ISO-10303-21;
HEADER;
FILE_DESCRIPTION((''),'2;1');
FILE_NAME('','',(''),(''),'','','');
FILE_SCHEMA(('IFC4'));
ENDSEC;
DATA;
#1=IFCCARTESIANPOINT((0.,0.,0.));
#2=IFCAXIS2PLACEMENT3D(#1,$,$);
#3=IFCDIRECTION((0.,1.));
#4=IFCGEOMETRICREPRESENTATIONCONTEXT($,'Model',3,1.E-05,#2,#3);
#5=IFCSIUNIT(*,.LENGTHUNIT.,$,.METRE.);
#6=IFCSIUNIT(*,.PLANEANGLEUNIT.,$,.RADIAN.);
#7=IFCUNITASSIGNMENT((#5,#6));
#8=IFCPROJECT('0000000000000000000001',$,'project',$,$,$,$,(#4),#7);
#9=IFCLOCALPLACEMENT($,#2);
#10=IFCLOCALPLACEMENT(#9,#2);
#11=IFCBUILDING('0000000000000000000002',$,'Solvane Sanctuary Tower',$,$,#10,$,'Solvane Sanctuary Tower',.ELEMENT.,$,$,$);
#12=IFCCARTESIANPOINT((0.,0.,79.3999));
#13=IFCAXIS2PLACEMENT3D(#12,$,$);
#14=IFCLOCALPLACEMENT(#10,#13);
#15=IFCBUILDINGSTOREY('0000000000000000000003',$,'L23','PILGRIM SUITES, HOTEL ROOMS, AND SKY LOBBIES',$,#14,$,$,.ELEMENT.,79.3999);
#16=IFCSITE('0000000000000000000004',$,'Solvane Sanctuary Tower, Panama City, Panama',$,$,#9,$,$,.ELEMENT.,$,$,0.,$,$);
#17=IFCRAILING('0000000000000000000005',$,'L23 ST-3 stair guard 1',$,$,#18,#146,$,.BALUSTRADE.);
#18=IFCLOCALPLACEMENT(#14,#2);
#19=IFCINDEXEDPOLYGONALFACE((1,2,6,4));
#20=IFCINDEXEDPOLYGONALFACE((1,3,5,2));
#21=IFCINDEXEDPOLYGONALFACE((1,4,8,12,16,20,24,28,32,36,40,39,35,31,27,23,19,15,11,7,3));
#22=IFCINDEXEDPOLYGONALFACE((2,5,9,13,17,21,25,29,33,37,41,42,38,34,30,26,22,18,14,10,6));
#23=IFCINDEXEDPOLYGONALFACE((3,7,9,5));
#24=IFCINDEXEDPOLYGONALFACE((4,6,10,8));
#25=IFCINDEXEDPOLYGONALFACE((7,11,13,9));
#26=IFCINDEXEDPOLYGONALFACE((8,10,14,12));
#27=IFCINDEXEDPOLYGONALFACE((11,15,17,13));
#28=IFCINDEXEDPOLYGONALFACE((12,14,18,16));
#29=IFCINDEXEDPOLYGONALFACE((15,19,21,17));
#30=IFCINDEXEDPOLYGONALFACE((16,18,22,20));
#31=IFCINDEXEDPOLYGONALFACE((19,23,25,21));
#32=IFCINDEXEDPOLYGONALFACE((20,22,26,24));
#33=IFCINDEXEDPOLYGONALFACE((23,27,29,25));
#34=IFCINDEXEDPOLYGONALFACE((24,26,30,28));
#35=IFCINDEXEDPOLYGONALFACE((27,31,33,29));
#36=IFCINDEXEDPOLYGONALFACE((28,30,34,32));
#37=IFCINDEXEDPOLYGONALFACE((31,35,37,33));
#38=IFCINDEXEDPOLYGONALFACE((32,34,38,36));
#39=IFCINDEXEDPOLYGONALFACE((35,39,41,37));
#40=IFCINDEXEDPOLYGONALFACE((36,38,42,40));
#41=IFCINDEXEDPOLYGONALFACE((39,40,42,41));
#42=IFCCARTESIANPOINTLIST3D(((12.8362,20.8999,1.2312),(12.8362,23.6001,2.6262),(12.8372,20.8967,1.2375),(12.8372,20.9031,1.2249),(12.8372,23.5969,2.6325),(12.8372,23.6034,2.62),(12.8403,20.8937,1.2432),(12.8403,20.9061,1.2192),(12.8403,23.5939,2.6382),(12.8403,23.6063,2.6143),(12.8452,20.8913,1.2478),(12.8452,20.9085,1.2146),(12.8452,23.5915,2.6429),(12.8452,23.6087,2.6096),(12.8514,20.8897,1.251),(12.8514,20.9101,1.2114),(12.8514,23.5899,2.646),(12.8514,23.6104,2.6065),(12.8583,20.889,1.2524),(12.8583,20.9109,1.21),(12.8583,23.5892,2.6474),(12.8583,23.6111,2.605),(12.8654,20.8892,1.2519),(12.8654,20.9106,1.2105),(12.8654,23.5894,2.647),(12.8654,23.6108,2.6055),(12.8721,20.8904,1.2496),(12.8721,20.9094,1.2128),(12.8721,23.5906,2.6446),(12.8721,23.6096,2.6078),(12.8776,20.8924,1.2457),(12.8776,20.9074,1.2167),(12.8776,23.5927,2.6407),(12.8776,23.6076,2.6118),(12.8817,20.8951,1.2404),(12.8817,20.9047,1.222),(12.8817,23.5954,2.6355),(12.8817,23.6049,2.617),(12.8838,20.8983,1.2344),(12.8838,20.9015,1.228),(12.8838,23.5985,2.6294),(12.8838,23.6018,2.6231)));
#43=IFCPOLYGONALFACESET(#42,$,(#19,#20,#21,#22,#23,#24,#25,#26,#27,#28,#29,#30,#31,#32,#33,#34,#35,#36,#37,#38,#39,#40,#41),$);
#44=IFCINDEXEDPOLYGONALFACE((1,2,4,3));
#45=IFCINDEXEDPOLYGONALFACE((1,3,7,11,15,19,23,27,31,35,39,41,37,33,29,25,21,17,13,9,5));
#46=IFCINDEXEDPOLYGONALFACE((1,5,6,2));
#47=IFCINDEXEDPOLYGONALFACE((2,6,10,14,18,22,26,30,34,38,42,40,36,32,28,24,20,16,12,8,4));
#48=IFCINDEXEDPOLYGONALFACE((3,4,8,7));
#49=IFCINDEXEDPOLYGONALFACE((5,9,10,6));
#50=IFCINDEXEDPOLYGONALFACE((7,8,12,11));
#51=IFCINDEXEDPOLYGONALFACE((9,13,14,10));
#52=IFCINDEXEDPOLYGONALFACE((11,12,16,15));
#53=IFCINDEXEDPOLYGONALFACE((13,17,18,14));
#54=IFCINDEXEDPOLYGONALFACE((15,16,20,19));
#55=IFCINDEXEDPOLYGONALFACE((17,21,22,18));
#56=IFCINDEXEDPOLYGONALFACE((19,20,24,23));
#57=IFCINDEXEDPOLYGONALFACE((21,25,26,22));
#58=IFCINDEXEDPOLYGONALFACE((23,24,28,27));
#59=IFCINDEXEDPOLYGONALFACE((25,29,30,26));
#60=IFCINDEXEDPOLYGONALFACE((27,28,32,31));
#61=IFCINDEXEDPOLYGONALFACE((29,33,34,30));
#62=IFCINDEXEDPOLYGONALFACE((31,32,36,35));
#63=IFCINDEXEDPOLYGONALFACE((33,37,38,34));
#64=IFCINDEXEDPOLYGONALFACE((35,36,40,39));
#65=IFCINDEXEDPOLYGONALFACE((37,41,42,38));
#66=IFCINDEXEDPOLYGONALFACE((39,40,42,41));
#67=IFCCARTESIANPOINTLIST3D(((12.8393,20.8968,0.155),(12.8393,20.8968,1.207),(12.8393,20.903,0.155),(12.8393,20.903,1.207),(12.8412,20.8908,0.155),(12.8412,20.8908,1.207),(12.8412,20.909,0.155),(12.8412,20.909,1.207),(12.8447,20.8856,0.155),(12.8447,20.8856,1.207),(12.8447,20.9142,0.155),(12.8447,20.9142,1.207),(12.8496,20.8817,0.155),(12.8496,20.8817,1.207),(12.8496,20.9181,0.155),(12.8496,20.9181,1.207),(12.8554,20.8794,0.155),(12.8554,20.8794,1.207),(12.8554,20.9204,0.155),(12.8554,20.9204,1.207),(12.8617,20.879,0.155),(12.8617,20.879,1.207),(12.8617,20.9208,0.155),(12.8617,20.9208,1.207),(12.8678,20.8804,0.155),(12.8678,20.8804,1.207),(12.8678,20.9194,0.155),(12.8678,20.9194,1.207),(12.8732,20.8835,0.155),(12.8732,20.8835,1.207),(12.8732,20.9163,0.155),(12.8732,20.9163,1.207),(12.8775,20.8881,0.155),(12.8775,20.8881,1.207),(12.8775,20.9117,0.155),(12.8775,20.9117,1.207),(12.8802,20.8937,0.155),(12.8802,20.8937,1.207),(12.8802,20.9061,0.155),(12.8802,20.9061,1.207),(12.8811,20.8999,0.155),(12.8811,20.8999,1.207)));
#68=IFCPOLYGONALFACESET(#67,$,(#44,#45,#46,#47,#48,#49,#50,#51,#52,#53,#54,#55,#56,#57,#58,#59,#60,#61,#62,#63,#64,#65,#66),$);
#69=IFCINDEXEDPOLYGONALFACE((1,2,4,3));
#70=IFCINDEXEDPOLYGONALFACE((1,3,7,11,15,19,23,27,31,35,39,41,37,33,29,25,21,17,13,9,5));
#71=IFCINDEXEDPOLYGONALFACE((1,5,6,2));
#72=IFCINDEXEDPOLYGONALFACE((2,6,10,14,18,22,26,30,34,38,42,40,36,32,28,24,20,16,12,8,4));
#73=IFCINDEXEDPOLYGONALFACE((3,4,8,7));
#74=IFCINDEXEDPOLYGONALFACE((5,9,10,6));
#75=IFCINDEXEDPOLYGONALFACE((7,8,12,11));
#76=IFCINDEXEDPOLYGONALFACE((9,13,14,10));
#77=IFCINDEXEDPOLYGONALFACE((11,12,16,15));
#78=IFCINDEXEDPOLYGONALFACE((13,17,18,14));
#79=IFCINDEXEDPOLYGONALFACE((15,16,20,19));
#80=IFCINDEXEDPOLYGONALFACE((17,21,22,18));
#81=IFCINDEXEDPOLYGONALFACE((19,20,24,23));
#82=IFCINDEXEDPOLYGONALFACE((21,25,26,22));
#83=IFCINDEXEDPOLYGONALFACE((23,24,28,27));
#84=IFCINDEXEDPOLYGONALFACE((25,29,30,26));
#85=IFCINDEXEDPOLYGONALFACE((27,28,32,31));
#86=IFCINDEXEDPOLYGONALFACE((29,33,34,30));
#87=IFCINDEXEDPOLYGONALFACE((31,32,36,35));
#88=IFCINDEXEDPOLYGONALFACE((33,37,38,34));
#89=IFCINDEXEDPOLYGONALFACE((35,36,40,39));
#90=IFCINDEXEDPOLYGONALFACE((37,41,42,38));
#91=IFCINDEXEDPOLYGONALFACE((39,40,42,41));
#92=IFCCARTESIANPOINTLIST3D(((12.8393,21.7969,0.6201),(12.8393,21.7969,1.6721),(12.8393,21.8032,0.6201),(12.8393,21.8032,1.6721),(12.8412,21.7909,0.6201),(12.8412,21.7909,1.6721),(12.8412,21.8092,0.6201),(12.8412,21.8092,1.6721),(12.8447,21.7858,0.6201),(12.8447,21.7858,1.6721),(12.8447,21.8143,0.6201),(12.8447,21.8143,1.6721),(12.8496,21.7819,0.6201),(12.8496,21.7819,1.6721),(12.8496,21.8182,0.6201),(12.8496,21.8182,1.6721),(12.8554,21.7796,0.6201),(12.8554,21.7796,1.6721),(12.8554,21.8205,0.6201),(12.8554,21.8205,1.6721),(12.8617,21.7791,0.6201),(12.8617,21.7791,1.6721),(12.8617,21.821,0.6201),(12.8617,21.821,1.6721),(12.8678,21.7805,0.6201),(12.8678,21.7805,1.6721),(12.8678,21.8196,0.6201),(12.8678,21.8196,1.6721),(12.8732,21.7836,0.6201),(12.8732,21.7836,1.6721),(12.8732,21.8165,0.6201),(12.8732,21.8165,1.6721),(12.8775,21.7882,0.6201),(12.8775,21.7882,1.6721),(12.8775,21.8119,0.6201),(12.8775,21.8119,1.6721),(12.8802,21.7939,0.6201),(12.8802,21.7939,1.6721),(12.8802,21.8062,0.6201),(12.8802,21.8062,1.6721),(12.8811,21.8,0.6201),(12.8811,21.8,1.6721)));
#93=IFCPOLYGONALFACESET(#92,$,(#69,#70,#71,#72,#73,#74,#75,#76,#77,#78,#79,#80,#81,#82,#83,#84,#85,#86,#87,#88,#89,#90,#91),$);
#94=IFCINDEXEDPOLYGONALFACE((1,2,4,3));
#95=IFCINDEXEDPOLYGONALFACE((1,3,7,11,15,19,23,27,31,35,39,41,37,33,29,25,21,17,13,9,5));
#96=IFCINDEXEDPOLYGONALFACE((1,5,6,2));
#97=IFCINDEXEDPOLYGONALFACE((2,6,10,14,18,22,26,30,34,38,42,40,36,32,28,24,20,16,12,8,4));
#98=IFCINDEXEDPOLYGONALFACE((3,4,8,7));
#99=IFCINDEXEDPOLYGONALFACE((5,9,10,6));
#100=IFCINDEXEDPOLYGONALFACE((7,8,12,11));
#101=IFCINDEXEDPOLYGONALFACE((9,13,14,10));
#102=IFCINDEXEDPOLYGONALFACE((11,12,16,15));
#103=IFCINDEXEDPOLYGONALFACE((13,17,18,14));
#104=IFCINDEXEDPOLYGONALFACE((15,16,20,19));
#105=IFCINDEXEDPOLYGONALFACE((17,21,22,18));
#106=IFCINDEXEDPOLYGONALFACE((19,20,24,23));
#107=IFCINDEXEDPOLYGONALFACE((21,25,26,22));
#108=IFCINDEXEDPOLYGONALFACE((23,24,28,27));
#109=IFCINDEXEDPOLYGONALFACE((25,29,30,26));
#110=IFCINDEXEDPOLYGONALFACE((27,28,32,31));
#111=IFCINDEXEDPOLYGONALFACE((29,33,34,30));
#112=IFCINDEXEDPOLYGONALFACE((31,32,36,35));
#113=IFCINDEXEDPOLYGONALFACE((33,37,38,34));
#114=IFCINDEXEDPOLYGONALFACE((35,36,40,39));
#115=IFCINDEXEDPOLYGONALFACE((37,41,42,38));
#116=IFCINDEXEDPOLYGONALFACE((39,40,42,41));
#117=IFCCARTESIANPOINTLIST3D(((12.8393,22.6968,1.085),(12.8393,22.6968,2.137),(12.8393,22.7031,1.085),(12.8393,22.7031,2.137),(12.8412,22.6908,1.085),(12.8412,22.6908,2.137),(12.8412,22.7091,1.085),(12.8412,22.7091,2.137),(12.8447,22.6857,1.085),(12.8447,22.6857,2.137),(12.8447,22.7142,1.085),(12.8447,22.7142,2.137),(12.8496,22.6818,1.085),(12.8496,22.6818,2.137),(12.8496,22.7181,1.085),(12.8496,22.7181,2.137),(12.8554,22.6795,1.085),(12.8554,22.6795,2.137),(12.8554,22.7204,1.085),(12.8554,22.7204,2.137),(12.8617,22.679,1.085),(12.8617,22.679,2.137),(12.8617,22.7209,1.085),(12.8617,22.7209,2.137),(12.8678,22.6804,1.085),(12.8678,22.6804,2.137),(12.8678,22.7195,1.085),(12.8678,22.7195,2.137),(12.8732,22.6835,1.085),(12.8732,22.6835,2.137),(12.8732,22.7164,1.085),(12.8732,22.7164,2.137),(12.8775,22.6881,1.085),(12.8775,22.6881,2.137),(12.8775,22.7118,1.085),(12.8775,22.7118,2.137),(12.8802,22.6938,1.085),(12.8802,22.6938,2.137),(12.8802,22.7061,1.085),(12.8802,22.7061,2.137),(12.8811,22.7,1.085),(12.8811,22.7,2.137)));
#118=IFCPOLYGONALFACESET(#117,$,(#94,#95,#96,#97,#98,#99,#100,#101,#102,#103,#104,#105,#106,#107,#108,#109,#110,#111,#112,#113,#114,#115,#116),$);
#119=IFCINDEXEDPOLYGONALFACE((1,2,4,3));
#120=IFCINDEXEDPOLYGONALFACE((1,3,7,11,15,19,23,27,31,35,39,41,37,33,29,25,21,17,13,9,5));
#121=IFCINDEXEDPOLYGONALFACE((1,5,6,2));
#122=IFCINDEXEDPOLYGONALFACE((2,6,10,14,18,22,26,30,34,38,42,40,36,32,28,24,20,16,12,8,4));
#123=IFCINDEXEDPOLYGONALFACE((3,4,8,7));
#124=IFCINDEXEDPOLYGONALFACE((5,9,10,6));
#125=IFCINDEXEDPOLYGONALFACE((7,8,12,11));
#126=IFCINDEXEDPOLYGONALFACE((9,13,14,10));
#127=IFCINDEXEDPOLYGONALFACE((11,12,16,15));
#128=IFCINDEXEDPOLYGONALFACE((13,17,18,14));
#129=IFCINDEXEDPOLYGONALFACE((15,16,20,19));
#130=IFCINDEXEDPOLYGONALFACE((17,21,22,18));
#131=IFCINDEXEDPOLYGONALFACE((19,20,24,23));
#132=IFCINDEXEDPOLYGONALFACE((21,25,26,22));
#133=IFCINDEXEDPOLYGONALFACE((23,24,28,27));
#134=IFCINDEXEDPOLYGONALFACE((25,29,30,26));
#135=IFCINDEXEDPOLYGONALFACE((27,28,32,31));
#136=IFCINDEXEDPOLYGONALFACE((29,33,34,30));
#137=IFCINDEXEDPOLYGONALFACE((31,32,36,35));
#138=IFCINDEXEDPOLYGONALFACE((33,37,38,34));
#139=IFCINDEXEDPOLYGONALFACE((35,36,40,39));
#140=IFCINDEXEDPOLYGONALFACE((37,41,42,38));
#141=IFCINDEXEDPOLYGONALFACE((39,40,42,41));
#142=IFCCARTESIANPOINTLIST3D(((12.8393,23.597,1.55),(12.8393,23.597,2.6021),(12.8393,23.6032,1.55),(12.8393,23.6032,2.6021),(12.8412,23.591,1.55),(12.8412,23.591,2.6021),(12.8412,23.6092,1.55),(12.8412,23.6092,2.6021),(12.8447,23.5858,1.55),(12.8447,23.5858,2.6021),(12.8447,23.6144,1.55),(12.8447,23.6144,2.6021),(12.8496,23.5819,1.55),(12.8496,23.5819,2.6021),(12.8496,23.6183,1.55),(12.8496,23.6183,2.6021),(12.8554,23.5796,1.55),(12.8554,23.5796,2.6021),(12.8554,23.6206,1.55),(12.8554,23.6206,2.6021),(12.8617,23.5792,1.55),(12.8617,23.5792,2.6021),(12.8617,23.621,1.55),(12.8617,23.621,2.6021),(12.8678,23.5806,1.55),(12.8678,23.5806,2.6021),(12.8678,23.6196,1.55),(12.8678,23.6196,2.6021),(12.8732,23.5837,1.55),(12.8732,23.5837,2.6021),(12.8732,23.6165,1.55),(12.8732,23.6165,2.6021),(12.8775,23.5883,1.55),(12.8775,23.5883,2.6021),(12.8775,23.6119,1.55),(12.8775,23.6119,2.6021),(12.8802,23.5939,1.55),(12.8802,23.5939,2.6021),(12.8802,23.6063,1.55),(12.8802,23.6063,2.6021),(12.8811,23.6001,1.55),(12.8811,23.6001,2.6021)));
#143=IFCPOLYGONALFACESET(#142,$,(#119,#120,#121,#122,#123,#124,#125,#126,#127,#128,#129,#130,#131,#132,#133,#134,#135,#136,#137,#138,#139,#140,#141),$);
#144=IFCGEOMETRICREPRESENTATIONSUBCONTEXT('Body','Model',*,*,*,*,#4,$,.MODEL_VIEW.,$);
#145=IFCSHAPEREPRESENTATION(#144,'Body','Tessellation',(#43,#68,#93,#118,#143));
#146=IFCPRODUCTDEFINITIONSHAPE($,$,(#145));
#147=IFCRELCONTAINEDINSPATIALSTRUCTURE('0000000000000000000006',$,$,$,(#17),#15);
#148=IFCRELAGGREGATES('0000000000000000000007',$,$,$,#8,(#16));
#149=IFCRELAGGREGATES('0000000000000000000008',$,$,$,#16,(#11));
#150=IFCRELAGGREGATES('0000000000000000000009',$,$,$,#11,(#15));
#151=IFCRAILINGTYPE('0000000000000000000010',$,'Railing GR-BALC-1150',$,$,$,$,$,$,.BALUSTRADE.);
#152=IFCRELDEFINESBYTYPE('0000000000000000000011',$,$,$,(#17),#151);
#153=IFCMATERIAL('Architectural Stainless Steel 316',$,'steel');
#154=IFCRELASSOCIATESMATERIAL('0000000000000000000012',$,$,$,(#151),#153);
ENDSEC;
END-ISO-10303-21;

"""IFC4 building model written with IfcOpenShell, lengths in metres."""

from ifc_helpers import new_model, si_unit, direction, frame, origin, origin_2d, place, context, subcontext, project, spatial, circle, extrude, material, type_object, element, save


model = new_model("IFC4")

# Units and contexts
model_context = context("Model", 3, precision=1e-05, world=origin(), true_north=direction((0.0, 1.0)))
body_context = subcontext(model_context, "Body", "Model", "MODEL_VIEW")
ifc_project = project(units=[si_unit("LENGTHUNIT", "METRE"), si_unit("PLANEANGLEUNIT", "RADIAN")], contexts=[model_context])

# Site, building, storey
site_placement = place(None, origin())
site = spatial("IfcSite", under=ifc_project, at=site_placement, Name="Solvane Sanctuary Tower, Panama City, Panama", CompositionType="ELEMENT", RefElevation=0.0)
building_placement = place(site_placement, origin())
building = spatial("IfcBuilding", under=site, at=building_placement, Name="Solvane Sanctuary Tower", LongName="Solvane Sanctuary Tower", CompositionType="ELEMENT")
storey_placement = place(building_placement, frame((0.0, 0.0, 79.3999)))
storey = spatial("IfcBuildingStorey", under=building, at=storey_placement, Name="L23", Description="PILGRIM SUITES, HOTEL ROOMS, AND SKY LOBBIES", CompositionType="ELEMENT", Elevation=79.3999)

# Railing
ifc_material_1 = material(Name="Architectural Stainless Steel 316", Category="steel")
railing_type_1 = type_object("IfcRailingType", Name="Railing GR-BALC-1150", PredefinedType="BALUSTRADE", material=ifc_material_1)
railing_1_placement = place(storey_placement, frame((12.8601, 20.8999, 0.155)))
element("IfcRailing", 1, at=railing_1_placement, inside=storey, type_object=railing_type_1, Name="L23 ST-3 stair guard 1", PredefinedType="BALUSTRADE", context=body_context, shape_type="SweptSolid", body=[
    extrude(circle(Radius=0.0239, at=origin_2d()), frame((0.0, 0.0, 1.0762), z_axis=(0.0, 0.888437, 0.458999), x_axis=(-1.0, 0.0, 0.0)), (0.0, 0.0, 1.0), 3.0393),
    extrude(circle(Radius=0.021, at=origin_2d()), origin(), (0.0, 0.0, 1.0), 1.052),
    extrude(circle(Radius=0.021, at=origin_2d()), frame((0.0, 0.9001, 0.4651)), (0.0, 0.0, 1.0), 1.052),
    extrude(circle(Radius=0.021, at=origin_2d()), frame((0.0, 1.8, 0.9299)), (0.0, 0.0, 1.0), 1.052),
    extrude(circle(Radius=0.021, at=origin_2d()), frame((0.0, 2.7002, 1.395)), (0.0, 0.0, 1.0), 1.052),
])

save(model, "model.ifc")
